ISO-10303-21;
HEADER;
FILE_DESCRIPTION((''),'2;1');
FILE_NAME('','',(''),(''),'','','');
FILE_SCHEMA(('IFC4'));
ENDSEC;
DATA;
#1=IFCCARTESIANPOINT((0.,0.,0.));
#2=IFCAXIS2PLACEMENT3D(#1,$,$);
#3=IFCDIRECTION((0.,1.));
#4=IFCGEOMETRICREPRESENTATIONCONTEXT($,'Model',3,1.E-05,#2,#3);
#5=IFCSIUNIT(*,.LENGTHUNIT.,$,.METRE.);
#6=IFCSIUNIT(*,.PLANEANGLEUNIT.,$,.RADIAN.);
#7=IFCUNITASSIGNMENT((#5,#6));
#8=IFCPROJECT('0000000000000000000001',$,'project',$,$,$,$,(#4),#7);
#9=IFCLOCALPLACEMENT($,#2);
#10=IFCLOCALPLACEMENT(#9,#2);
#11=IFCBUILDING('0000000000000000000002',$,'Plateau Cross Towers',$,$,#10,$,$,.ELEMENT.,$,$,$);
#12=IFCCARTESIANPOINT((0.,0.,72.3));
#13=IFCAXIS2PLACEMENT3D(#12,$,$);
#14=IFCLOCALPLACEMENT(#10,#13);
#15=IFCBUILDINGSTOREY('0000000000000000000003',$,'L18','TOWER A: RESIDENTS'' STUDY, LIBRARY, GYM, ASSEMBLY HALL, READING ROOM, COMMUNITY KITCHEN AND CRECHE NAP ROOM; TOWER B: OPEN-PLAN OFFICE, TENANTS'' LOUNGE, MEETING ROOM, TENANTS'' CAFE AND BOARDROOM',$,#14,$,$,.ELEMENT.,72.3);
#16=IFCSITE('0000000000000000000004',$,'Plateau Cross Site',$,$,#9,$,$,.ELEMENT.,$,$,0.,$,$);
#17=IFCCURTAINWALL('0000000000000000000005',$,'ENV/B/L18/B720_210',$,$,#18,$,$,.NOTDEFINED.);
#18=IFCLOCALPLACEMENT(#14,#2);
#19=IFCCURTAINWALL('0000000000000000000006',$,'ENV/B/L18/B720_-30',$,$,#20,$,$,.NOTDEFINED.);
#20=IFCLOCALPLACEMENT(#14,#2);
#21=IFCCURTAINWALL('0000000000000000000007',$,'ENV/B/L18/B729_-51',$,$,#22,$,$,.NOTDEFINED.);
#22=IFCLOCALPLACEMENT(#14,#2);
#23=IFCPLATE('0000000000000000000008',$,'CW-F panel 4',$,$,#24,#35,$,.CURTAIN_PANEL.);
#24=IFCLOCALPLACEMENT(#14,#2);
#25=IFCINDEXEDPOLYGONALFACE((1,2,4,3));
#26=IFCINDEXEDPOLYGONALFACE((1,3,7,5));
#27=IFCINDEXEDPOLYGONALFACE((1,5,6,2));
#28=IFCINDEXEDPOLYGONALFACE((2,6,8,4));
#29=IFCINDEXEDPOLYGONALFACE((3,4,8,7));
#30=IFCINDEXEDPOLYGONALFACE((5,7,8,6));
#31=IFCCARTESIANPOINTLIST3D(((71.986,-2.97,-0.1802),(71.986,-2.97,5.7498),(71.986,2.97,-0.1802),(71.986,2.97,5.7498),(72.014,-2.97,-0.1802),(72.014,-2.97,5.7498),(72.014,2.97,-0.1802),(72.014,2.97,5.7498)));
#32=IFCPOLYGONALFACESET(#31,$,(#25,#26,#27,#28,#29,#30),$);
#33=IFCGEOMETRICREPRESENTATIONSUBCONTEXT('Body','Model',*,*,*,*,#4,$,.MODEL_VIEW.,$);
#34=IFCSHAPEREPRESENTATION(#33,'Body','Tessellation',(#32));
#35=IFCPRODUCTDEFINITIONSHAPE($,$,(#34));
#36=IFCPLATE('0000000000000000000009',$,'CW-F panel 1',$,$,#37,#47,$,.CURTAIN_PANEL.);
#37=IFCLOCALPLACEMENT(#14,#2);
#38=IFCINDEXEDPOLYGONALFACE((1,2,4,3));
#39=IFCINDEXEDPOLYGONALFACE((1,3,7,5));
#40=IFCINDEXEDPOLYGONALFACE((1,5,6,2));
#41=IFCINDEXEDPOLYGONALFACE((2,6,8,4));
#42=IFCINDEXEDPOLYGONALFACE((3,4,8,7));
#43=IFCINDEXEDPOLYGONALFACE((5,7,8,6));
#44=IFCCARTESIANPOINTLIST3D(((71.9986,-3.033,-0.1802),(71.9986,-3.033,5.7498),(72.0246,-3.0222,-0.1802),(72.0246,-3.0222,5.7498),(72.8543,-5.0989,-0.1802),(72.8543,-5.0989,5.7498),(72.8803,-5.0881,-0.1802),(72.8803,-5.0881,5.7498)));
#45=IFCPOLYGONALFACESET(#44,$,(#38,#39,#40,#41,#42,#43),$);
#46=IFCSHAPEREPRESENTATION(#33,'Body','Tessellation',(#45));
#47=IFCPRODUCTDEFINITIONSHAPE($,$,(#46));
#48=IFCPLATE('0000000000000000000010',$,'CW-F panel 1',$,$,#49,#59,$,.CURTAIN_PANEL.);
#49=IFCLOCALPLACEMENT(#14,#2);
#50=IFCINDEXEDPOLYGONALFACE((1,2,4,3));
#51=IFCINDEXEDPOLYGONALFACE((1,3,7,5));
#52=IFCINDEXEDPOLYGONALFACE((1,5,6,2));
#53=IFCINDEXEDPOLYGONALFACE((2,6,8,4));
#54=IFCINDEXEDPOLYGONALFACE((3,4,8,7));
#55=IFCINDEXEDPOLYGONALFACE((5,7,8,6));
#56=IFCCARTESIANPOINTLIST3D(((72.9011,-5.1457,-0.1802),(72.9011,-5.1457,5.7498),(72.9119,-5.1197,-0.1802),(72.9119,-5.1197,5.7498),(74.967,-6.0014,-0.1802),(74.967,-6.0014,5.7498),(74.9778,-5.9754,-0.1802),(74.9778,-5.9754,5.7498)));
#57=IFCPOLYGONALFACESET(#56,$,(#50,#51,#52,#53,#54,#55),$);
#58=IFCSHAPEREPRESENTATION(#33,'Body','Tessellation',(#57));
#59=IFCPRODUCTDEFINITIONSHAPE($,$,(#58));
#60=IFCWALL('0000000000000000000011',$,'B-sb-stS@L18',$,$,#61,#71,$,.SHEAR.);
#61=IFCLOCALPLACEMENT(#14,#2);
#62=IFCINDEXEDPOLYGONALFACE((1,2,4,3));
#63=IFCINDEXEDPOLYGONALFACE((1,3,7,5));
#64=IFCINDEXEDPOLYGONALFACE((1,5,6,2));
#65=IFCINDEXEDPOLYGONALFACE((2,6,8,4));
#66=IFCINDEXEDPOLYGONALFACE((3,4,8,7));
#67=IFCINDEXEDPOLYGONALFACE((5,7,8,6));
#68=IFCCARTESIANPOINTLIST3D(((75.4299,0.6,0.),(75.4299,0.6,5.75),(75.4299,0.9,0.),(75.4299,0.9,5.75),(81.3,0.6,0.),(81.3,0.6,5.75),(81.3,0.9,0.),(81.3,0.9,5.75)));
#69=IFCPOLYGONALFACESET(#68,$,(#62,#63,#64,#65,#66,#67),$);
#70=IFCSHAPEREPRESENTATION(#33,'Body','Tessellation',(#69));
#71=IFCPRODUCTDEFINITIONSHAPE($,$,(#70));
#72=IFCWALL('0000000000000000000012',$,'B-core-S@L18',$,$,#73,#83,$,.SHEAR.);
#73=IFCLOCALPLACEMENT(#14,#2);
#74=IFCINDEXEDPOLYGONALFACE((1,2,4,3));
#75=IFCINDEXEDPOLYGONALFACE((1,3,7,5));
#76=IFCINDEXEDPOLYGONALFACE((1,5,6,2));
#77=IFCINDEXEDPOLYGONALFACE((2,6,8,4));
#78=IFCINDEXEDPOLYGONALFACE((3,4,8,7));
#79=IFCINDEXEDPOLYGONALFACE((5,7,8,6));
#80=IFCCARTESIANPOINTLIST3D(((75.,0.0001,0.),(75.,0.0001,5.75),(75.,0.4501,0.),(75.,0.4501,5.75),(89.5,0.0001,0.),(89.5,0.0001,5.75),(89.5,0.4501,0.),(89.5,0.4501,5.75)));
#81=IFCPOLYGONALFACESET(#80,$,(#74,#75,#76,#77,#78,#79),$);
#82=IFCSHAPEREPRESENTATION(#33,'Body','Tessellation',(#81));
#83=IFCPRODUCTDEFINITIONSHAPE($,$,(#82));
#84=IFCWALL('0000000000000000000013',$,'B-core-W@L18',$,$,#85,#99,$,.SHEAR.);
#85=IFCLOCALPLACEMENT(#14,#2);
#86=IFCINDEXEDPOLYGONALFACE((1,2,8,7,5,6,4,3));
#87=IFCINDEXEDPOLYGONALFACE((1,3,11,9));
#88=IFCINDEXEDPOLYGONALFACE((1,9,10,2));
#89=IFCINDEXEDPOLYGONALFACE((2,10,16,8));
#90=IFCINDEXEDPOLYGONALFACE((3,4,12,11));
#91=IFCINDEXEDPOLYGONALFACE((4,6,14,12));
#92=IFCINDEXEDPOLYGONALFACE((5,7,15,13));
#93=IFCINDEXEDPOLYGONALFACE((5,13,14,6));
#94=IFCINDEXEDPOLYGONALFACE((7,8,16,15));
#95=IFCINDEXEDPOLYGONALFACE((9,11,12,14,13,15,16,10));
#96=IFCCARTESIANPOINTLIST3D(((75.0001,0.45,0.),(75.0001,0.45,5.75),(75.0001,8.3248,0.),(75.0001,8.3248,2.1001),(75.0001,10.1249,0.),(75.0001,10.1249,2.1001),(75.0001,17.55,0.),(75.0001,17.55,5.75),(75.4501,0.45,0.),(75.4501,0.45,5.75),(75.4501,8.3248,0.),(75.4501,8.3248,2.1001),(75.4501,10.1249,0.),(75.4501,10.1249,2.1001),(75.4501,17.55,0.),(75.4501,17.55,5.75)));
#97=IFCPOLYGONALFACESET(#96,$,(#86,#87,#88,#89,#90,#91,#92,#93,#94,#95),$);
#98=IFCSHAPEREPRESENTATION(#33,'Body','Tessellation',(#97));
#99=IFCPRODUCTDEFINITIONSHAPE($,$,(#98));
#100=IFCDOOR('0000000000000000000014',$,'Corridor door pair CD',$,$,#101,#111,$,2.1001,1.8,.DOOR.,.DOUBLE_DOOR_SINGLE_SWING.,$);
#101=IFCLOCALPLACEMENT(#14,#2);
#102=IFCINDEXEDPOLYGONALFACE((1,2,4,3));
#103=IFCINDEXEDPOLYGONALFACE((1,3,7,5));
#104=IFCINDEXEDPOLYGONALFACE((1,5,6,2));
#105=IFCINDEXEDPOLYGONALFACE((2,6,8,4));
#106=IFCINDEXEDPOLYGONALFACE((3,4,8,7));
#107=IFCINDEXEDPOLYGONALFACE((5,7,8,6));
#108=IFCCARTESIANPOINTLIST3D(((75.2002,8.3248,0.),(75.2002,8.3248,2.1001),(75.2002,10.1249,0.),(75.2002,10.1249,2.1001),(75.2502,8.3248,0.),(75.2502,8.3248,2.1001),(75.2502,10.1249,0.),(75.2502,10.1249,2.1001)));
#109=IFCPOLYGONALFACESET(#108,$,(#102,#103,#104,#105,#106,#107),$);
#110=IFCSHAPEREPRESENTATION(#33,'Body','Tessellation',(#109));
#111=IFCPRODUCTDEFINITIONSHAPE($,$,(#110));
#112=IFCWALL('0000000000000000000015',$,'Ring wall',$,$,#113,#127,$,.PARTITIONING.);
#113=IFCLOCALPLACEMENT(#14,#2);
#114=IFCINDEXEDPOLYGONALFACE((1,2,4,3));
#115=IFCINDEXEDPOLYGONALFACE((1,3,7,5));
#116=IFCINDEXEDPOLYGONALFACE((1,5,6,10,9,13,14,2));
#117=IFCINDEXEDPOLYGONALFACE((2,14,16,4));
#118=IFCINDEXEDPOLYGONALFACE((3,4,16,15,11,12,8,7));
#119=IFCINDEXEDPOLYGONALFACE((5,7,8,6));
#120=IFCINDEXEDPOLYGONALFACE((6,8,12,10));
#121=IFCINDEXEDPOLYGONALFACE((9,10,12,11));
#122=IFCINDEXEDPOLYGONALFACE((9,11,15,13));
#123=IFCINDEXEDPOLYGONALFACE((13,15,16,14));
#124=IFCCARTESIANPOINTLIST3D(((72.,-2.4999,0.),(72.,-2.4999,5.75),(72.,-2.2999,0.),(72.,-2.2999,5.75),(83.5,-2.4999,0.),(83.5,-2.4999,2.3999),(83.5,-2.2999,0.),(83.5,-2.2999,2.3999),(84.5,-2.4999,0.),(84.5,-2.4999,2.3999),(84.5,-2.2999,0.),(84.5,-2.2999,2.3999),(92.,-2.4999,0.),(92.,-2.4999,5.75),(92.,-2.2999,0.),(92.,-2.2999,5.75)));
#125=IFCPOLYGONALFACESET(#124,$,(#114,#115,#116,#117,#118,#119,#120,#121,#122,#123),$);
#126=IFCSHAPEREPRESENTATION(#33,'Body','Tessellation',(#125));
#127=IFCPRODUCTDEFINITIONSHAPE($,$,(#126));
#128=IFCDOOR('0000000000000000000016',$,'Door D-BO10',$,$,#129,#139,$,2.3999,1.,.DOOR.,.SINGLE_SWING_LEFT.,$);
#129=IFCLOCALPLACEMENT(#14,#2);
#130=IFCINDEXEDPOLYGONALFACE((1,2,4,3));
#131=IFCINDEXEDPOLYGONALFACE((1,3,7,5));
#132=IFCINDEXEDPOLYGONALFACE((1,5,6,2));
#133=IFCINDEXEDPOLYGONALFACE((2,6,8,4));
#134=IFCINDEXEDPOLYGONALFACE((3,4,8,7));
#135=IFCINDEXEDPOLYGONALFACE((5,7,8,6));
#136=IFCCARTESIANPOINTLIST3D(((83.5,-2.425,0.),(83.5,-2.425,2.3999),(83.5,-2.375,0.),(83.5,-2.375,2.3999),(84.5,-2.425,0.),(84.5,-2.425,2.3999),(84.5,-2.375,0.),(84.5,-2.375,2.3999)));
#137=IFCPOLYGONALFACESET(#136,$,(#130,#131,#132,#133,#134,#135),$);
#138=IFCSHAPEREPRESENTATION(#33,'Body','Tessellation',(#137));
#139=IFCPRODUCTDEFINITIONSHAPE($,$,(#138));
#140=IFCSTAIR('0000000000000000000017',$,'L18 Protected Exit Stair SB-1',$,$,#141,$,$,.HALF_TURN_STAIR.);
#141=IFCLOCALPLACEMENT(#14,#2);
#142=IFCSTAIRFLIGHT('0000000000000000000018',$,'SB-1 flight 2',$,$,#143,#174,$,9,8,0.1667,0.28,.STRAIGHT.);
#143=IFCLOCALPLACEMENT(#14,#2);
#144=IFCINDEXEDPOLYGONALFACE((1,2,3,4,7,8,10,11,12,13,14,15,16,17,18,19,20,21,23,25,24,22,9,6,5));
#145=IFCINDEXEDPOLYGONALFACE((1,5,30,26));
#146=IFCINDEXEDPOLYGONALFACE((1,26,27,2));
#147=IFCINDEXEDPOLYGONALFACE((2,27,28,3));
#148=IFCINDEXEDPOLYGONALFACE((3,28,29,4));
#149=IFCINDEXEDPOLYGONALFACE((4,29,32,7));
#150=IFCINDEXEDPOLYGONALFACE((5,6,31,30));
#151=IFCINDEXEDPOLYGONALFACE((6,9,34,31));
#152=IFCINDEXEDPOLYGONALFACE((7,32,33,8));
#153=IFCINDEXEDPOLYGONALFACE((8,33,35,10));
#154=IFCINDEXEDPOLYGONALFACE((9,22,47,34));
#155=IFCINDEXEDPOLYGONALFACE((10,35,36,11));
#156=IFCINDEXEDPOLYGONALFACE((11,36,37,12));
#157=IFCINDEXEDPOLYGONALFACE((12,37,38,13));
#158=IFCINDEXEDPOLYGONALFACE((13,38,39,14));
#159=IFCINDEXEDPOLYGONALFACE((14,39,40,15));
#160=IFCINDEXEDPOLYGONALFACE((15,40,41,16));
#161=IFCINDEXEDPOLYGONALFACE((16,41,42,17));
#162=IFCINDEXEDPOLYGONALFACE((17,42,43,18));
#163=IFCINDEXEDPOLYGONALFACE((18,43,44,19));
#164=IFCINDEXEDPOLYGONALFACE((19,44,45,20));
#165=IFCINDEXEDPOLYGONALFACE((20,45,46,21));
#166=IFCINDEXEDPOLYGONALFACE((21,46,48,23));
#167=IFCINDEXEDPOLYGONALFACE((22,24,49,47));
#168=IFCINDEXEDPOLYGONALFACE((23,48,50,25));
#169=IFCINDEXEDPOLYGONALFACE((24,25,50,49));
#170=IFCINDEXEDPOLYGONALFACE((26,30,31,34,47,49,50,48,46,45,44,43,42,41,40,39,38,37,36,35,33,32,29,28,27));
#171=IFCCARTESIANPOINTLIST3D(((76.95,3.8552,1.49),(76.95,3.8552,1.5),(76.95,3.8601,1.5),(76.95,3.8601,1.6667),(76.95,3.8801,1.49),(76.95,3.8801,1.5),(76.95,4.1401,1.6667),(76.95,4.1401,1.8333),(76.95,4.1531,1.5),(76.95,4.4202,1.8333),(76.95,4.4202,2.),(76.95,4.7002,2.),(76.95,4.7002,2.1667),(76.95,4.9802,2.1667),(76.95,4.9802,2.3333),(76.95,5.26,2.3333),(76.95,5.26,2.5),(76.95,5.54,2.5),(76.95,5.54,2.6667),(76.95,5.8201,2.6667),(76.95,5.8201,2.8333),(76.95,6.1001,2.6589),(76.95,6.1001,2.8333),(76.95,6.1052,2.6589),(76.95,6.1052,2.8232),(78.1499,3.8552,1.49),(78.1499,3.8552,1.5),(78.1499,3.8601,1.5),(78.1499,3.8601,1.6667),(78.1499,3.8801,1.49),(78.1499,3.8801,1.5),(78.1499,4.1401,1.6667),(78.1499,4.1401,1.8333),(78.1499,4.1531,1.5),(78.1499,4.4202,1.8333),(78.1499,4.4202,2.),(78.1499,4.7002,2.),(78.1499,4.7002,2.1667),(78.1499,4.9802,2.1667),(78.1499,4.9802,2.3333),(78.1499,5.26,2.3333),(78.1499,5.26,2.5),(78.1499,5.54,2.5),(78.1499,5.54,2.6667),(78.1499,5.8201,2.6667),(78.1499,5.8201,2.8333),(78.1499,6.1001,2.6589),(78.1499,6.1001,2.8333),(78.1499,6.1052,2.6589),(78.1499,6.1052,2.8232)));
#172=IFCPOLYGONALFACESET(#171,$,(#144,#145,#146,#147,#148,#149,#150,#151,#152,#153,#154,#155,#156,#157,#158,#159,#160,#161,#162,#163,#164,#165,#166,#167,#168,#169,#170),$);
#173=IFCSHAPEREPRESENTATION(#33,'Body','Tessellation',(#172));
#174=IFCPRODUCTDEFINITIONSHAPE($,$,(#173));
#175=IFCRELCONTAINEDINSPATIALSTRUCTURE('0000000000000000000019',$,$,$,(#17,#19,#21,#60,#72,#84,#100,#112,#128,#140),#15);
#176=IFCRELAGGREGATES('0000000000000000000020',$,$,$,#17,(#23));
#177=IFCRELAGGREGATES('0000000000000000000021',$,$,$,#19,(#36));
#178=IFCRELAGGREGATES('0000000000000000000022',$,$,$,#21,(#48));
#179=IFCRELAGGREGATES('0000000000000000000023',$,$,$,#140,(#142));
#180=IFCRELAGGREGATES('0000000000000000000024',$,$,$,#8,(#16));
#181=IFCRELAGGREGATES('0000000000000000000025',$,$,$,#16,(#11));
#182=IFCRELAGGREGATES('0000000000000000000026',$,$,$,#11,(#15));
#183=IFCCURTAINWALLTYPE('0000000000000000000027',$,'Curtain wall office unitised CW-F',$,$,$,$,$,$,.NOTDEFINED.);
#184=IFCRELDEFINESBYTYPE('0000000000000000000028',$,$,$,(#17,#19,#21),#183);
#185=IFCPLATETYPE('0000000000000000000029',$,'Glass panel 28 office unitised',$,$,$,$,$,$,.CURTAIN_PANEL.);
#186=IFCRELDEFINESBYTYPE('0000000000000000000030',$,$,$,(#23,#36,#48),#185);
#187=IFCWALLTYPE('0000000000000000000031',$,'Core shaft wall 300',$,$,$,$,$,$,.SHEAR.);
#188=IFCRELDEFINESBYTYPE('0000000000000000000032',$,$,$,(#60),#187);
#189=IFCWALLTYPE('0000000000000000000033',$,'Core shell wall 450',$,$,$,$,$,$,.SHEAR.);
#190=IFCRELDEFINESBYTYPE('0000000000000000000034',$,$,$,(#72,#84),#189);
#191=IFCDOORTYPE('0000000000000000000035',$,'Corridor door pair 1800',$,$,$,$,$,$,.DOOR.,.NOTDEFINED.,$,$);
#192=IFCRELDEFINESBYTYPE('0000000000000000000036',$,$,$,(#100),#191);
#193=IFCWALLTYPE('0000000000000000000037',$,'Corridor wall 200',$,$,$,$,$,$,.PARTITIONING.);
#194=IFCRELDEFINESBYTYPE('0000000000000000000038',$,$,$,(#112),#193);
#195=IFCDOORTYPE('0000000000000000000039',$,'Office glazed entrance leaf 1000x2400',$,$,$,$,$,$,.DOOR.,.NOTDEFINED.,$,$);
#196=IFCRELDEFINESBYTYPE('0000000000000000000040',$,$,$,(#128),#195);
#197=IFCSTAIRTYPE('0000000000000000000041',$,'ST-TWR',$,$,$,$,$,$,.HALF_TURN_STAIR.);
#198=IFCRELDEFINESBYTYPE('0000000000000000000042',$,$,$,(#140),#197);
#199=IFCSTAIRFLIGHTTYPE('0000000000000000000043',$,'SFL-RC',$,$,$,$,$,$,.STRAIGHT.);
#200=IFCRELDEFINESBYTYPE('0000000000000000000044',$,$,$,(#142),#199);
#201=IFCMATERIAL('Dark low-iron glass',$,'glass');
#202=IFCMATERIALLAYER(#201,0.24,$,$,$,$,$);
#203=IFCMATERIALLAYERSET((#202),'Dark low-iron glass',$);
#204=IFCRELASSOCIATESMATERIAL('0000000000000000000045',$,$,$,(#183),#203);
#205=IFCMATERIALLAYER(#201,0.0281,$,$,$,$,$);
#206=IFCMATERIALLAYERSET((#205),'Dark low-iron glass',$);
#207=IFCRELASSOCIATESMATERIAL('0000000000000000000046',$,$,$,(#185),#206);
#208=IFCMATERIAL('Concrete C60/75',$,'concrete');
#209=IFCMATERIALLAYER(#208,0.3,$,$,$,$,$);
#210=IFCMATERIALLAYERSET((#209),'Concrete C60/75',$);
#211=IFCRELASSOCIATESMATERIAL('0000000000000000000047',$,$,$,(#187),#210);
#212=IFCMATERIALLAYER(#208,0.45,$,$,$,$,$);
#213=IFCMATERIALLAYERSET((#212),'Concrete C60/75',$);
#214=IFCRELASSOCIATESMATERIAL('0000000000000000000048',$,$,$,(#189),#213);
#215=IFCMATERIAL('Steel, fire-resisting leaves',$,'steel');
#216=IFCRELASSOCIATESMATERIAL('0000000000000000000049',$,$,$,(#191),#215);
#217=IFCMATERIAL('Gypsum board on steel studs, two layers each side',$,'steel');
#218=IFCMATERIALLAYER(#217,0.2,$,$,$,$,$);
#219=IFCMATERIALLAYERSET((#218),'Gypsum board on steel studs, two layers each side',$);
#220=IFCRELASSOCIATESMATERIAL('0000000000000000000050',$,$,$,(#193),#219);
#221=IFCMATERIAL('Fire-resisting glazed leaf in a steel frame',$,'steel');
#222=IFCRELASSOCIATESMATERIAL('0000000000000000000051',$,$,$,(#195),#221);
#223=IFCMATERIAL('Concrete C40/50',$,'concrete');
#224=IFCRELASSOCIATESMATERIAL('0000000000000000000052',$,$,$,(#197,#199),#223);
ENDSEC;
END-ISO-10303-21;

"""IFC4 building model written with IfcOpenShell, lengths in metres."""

from ifc_helpers import new_model, si_unit, direction, frame, frame_2d, origin, origin_2d, place, context, subcontext, project, spatial, polyline, rectangle, outline, extrude, material, layer, layer_set, type_object, element, fill, aggregate, save


model = new_model("IFC4")

# Units and contexts
model_context = context("Model", 3, precision=1e-05, world=origin(), true_north=direction((0.0, 1.0)))
body_context = subcontext(model_context, "Body", "Model", "MODEL_VIEW")
ifc_project = project(units=[si_unit("LENGTHUNIT", "METRE"), si_unit("PLANEANGLEUNIT", "RADIAN")], contexts=[model_context])

# Site, building, storey
site_placement = place(None, origin())
site = spatial("IfcSite", under=ifc_project, at=site_placement, Name="Plateau Cross Site", CompositionType="ELEMENT", RefElevation=0.0)
building_placement = place(site_placement, origin())
building = spatial("IfcBuilding", under=site, at=building_placement, Name="Plateau Cross Towers", CompositionType="ELEMENT")
storey_placement = place(building_placement, frame((0.0, 0.0, 72.3)))
storey = spatial("IfcBuildingStorey", under=building, at=storey_placement, Name="L18", Description="TOWER A: RESIDENTS' STUDY, LIBRARY, GYM, ASSEMBLY HALL, READING ROOM, COMMUNITY KITCHEN AND CRECHE NAP ROOM; TOWER B: OPEN-PLAN OFFICE, TENANTS' LOUNGE, MEETING ROOM, TENANTS' CAFE AND BOARDROOM", CompositionType="ELEMENT", Elevation=72.3)

# Shared definitions
ifc_material_1 = material(Name="Concrete C60/75", Category="concrete")

# Curtain walls
ifc_material_2 = material(Name="Dark low-iron glass", Category="glass")
ifc_layer_1 = layer(ifc_material_2, 0.24)
ifc_layer_set_1 = layer_set([ifc_layer_1], Name="Dark low-iron glass")
curtain_wall_type = type_object("IfcCurtainWallType", Name="Curtain wall office unitised CW-F", PredefinedType="NOTDEFINED", material=ifc_layer_set_1)
curtain_wall_1_placement = place(storey_placement, origin())
curtain_wall_1 = element("IfcCurtainWall", 1, at=curtain_wall_1_placement, inside=storey, type_object=curtain_wall_type, Name="ENV/B/L18/B720_210", PredefinedType="NOTDEFINED")
curtain_wall_2_placement = place(storey_placement, origin())
curtain_wall_2 = element("IfcCurtainWall", 2, at=curtain_wall_2_placement, inside=storey, type_object=curtain_wall_type, Name="ENV/B/L18/B720_-30", PredefinedType="NOTDEFINED")
curtain_wall_3_placement = place(storey_placement, origin())
curtain_wall_3 = element("IfcCurtainWall", 3, at=curtain_wall_3_placement, inside=storey, type_object=curtain_wall_type, Name="ENV/B/L18/B729_-51", PredefinedType="NOTDEFINED")

# Plates
ifc_layer_2 = layer(ifc_material_2, 0.0281)
ifc_layer_set_2 = layer_set([ifc_layer_2], Name="Dark low-iron glass")
plate_type = type_object("IfcPlateType", Name="Glass panel 28 office unitised", PredefinedType="CURTAIN_PANEL", material=ifc_layer_set_2)
plate_1_placement = place(storey_placement, frame((72.0, 0.0, -0.1802), z_axis=(0.0, 0.0, 1.0), x_axis=(0.0, -1.0, 0.0)))
plate_1 = element("IfcPlate", 4, at=plate_1_placement, type_object=plate_type, Name="CW-F panel 4", PredefinedType="CURTAIN_PANEL", context=body_context, shape_type="SweptSolid", body=[
    extrude(rectangle(XDim=5.9399, YDim=0.0281, at=origin_2d()), origin(), (0.0, 0.0, 1.0), 5.9299),
])
aggregate(curtain_wall_1, [plate_1])
plate_2_placement = place(storey_placement, frame((72.4395, -4.0605, -0.1802), z_axis=(0.0, 0.0, 1.0), x_axis=(0.382684, -0.923879, 0.0)))
plate_2 = element("IfcPlate", 5, at=plate_2_placement, type_object=plate_type, Name="CW-F panel 1", PredefinedType="CURTAIN_PANEL", context=body_context, shape_type="SweptSolid", body=[
    extrude(rectangle(XDim=2.2361, YDim=0.0281, at=origin_2d()), origin(), (0.0, 0.0, 1.0), 5.9299),
])
aggregate(curtain_wall_2, [plate_2])
plate_3_placement = place(storey_placement, frame((73.9395, -5.5605, -0.1802), z_axis=(0.0, 0.0, 1.0), x_axis=(0.923879, -0.382684, 0.0)))
plate_3 = element("IfcPlate", 6, at=plate_3_placement, type_object=plate_type, Name="CW-F panel 1", PredefinedType="CURTAIN_PANEL", context=body_context, shape_type="SweptSolid", body=[
    extrude(rectangle(XDim=2.2361, YDim=0.0281, at=origin_2d()), origin(), (0.0, 0.0, 1.0), 5.9299),
])
aggregate(curtain_wall_3, [plate_3])

# Walls
ifc_layer_3 = layer(ifc_material_1, 0.3)
ifc_layer_set_3 = layer_set([ifc_layer_3], Name="Concrete C60/75")
wall_type_1 = type_object("IfcWallType", Name="Core shaft wall 300", PredefinedType="SHEAR", material=ifc_layer_set_3)
wall_1_placement = place(storey_placement, frame((75.4299, 0.75, 0.0), z_axis=(0.0, 0.0, 1.0), x_axis=(1.0, 0.0, 0.0)))
element("IfcWall", 7, at=wall_1_placement, inside=storey, type_object=wall_type_1, Name="B-sb-stS@L18", PredefinedType="SHEAR", context=body_context, shape_type="SweptSolid", body=[
    extrude(rectangle(XDim=5.8701, YDim=0.3, at=frame_2d((2.9351, 0.0))), origin(), (0.0, 0.0, 1.0), 5.75),
])
ifc_layer_4 = layer(ifc_material_1, 0.45)
ifc_layer_set_4 = layer_set([ifc_layer_4], Name="Concrete C60/75")
wall_type_2 = type_object("IfcWallType", Name="Core shell wall 450", PredefinedType="SHEAR", material=ifc_layer_set_4)
wall_2_placement = place(storey_placement, frame((75.0, 0.2251, 0.0), z_axis=(0.0, 0.0, 1.0), x_axis=(1.0, 0.0, 0.0)))
element("IfcWall", 8, at=wall_2_placement, inside=storey, type_object=wall_type_2, Name="B-core-S@L18", PredefinedType="SHEAR", context=body_context, shape_type="SweptSolid", body=[
    extrude(rectangle(XDim=14.5, YDim=0.45, at=frame_2d((7.25, 0.0))), origin(), (0.0, 0.0, 1.0), 5.75),
])

# Walls, openings, doors
wall_3_placement = place(storey_placement, frame((75.2251, 0.45, 0.0), z_axis=(0.0, 0.0, 1.0), x_axis=(0.0, 1.0, 0.0)))
wall_3 = element("IfcWall", 9, at=wall_3_placement, inside=storey, type_object=wall_type_2, Name="B-core-W@L18", PredefinedType="SHEAR", context=body_context, shape_type="SweptSolid", body=[
    extrude(rectangle(XDim=17.1001, YDim=0.45, at=frame_2d((8.55, 0.0))), origin(), (0.0, 0.0, 1.0), 5.75),
])
opening_1_placement = place(wall_3_placement, frame((7.875, 0.0, 0.0)))
opening_1 = element("IfcOpeningElement", 10, at=opening_1_placement, cuts=wall_3, PredefinedType="OPENING", context=body_context, shape_type="SweptSolid", body=[
    extrude(rectangle(XDim=1.8, YDim=2.1001, at=frame_2d((0.8999, 1.05))), frame((0.0, 0.2349, 0.0), z_axis=(0.0, -1.0, 0.0), x_axis=(1.0, 0.0, 0.0)), (0.0, 0.0, 1.0), 0.47),
])
ifc_material_3 = material(Name="Steel, fire-resisting leaves", Category="steel")
door_type_1 = type_object("IfcDoorType", Name="Corridor door pair 1800", OperationType="NOTDEFINED", PredefinedType="DOOR", material=ifc_material_3)
door_1_placement = place(opening_1_placement, origin())
door_1 = element("IfcDoor", 11, at=door_1_placement, inside=storey, type_object=door_type_1, Name="Corridor door pair CD", OperationType="DOUBLE_DOOR_SINGLE_SWING", OverallHeight=2.1001, OverallWidth=1.8, PredefinedType="DOOR", context=body_context, shape_type="SweptSolid", body=[
    extrude(rectangle(XDim=1.8, YDim=2.1001, at=frame_2d((0.8999, 1.05))), frame((0.0, 0.0249, 0.0), z_axis=(0.0, -1.0, 0.0), x_axis=(1.0, 0.0, 0.0)), (0.0, 0.0, 1.0), 0.05),
])
fill(opening_1, door_1)
ifc_material_4 = material(Name="Gypsum board on steel studs, two layers each side", Category="steel")
ifc_layer_5 = layer(ifc_material_4, 0.2)
ifc_layer_set_5 = layer_set([ifc_layer_5], Name="Gypsum board on steel studs, two layers each side")
wall_type_3 = type_object("IfcWallType", Name="Corridor wall 200", PredefinedType="PARTITIONING", material=ifc_layer_set_5)
wall_4_placement = place(storey_placement, frame((72.0, -2.3999, 0.0), z_axis=(0.0, 0.0, 1.0), x_axis=(1.0, 0.0, 0.0)))
wall_4 = element("IfcWall", 12, at=wall_4_placement, inside=storey, type_object=wall_type_3, Name="Ring wall", PredefinedType="PARTITIONING", context=body_context, shape_type="SweptSolid", body=[
    extrude(rectangle(XDim=20.0, YDim=0.2, at=frame_2d((10.0, 0.0))), origin(), (0.0, 0.0, 1.0), 5.75),
])
opening_2_placement = place(wall_4_placement, frame((11.5, 0.0, 0.0)))
opening_2 = element("IfcOpeningElement", 13, at=opening_2_placement, cuts=wall_4, PredefinedType="OPENING", context=body_context, shape_type="SweptSolid", body=[
    extrude(rectangle(XDim=1.0, YDim=2.3999, at=frame_2d((0.5, 1.2))), frame((0.0, 0.1099, 0.0), z_axis=(0.0, -1.0, 0.0), x_axis=(1.0, 0.0, 0.0)), (0.0, 0.0, 1.0), 0.22),
])
ifc_material_5 = material(Name="Fire-resisting glazed leaf in a steel frame", Category="steel")
door_type_2 = type_object("IfcDoorType", Name="Office glazed entrance leaf 1000x2400", OperationType="NOTDEFINED", PredefinedType="DOOR", material=ifc_material_5)
door_2_placement = place(opening_2_placement, origin())
door_2 = element("IfcDoor", 14, at=door_2_placement, inside=storey, type_object=door_type_2, Name="Door D-BO10", OperationType="SINGLE_SWING_LEFT", OverallHeight=2.3999, OverallWidth=1.0, PredefinedType="DOOR", context=body_context, shape_type="SweptSolid", body=[
    extrude(rectangle(XDim=1.0, YDim=2.3999, at=frame_2d((0.5, 1.2))), frame((0.0, 0.0249, 0.0), z_axis=(0.0, -1.0, 0.0), x_axis=(1.0, 0.0, 0.0)), (0.0, 0.0, 1.0), 0.05),
])
fill(opening_2, door_2)

# Stair, stair flight
ifc_material_6 = material(Name="Concrete C40/50", Category="concrete")
stair_type = type_object("IfcStairType", Name="ST-TWR", PredefinedType="HALF_TURN_STAIR", material=ifc_material_6)
stair_placement = place(storey_placement, origin())
stair = element("IfcStair", 15, at=stair_placement, inside=storey, type_object=stair_type, Name="L18 Protected Exit Stair SB-1", PredefinedType="HALF_TURN_STAIR")
stair_flight_type = type_object("IfcStairFlightType", Name="SFL-RC", PredefinedType="STRAIGHT", material=ifc_material_6)
stair_flight_1_placement = place(storey_placement, frame((77.55, 3.8601, 1.5), z_axis=(0.0, 0.0, 1.0), x_axis=(0.0, 1.0, 0.0)))
stair_flight_1 = element("IfcStairFlight", 16, at=stair_flight_1_placement, type_object=stair_flight_type, Name="SB-1 flight 2", NumberOfRisers=9, NumberOfTreads=8, PredefinedType="STRAIGHT", RiserHeight=0.1667, TreadLength=0.28, context=body_context, shape_type="SweptSolid", body=[
    extrude(outline(polyline([(-0.0049, -0.01), (-0.0049, 0.0), (0.0, 0.0), (0.0, 0.1667), (0.28, 0.1667), (0.28, 0.3333), (0.5601, 0.3333), (0.5601, 0.5), (0.8401, 0.5), (0.8401, 0.6667), (1.1201, 0.6667), (1.1201, 0.8333), (1.3999, 0.8333), (1.3999, 1.0), (1.6799, 1.0), (1.6799, 1.1667), (1.96, 1.1667), (1.96, 1.3333), (2.24, 1.3333), (2.2451, 1.3232), (2.2451, 1.1589), (2.24, 1.1589), (0.293, 0.0), (0.02, 0.0), (0.02, -0.01), (-0.0049, -0.01)])), frame((0.0, 0.6001, 0.0), z_axis=(0.0, -1.0, 0.0), x_axis=(1.0, 0.0, 0.0)), (0.0, 0.0, 1.0), 1.2),
])
aggregate(stair, [stair_flight_1])

save(model, "model.ifc")
